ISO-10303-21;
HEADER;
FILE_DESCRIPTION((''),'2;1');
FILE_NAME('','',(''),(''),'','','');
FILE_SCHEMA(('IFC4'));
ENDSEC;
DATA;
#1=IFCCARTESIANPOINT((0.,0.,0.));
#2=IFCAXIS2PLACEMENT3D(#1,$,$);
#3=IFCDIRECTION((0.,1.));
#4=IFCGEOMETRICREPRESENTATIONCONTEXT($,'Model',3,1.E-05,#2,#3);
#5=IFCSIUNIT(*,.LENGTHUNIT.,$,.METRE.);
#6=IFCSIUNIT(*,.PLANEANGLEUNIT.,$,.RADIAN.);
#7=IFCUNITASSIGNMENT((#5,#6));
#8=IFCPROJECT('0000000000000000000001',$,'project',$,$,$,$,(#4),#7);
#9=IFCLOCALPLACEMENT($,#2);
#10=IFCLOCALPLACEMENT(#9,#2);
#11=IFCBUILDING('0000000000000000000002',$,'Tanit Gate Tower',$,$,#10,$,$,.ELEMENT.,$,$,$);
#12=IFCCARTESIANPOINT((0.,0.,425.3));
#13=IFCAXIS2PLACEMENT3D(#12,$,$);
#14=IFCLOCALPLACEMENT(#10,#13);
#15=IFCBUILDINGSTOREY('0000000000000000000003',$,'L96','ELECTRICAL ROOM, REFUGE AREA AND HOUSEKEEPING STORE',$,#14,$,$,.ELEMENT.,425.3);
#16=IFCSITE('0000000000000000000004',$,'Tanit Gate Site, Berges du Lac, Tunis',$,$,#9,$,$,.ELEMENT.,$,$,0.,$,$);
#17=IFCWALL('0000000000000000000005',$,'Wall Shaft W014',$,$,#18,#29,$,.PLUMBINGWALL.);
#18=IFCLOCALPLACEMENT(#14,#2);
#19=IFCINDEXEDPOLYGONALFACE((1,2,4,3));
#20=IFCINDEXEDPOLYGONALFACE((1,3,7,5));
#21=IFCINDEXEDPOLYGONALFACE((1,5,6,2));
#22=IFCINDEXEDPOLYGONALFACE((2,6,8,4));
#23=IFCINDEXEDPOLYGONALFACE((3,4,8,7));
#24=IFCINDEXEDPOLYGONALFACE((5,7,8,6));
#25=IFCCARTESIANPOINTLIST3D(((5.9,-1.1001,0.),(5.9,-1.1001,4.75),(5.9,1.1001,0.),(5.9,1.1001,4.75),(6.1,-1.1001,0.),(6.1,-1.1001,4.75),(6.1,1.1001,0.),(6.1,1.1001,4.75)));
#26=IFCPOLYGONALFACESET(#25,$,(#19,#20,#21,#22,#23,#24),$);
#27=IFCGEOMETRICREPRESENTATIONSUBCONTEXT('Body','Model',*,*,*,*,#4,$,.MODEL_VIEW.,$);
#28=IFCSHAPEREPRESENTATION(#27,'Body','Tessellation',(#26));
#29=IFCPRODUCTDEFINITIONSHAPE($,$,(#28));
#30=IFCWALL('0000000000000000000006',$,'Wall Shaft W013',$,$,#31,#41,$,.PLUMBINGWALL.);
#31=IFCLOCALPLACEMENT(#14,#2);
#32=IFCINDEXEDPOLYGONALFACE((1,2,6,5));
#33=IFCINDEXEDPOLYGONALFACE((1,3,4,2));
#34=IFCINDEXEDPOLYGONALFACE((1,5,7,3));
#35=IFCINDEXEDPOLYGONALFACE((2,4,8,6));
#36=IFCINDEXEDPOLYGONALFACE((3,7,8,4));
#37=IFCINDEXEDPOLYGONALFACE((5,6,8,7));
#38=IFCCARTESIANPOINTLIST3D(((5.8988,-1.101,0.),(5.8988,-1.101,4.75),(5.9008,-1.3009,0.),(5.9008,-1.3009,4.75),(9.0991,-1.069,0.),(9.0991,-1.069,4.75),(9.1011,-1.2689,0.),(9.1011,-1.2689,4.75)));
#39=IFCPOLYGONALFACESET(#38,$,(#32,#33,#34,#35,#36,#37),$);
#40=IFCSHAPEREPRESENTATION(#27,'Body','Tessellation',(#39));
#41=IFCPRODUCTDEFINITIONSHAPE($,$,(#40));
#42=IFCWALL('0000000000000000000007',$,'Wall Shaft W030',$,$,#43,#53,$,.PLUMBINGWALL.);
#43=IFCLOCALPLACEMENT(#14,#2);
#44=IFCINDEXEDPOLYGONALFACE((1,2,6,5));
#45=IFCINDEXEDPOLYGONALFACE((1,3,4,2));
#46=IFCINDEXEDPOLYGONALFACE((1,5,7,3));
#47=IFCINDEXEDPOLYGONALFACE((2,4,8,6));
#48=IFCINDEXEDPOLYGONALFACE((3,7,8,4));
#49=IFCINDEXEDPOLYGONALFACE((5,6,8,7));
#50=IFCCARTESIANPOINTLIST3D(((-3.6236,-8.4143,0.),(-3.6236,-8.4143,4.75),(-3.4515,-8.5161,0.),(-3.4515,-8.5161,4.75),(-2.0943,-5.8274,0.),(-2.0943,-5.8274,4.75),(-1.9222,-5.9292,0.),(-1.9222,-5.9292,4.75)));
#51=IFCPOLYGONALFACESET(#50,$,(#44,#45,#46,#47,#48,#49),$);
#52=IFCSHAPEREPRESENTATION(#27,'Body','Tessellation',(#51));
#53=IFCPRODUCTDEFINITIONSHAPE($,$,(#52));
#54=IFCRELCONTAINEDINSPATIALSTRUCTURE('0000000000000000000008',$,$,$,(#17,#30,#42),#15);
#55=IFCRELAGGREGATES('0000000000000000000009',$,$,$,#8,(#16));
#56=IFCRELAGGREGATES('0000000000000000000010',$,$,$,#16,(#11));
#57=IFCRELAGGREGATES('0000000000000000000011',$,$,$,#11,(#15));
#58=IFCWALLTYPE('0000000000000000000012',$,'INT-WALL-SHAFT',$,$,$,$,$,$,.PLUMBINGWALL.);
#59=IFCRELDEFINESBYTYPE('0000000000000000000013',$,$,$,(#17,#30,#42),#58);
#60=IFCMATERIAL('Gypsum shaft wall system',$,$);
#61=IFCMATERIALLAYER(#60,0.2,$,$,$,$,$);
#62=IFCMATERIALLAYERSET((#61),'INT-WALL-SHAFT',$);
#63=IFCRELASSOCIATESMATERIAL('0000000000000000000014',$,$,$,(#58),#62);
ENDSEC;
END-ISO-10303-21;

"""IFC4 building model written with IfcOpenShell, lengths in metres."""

from ifc_helpers import new_model, si_unit, direction, frame, frame_2d, origin, place, context, subcontext, project, spatial, rectangle, extrude, material, layer, layer_set, type_object, element, save


model = new_model("IFC4")

# Units and contexts
model_context = context("Model", 3, precision=1e-05, world=origin(), true_north=direction((0.0, 1.0)))
body_context = subcontext(model_context, "Body", "Model", "MODEL_VIEW")
ifc_project = project(units=[si_unit("LENGTHUNIT", "METRE"), si_unit("PLANEANGLEUNIT", "RADIAN")], contexts=[model_context])

# Site, building, storey
site_placement = place(None, origin())
site = spatial("IfcSite", under=ifc_project, at=site_placement, Name="Tanit Gate Site, Berges du Lac, Tunis", CompositionType="ELEMENT", RefElevation=0.0)
building_placement = place(site_placement, origin())
building = spatial("IfcBuilding", under=site, at=building_placement, Name="Tanit Gate Tower", CompositionType="ELEMENT")
storey_placement = place(building_placement, frame((0.0, 0.0, 425.3)))
storey = spatial("IfcBuildingStorey", under=building, at=storey_placement, Name="L96", Description="ELECTRICAL ROOM, REFUGE AREA AND HOUSEKEEPING STORE", CompositionType="ELEMENT", Elevation=425.3)

# Walls
ifc_material_1 = material(Name="Gypsum shaft wall system")
ifc_layer_1 = layer(ifc_material_1, 0.2)
ifc_layer_set_1 = layer_set([ifc_layer_1], Name="INT-WALL-SHAFT")
wall_type_1 = type_object("IfcWallType", Name="INT-WALL-SHAFT", PredefinedType="PLUMBINGWALL", material=ifc_layer_set_1)
wall_1_placement = place(storey_placement, frame((6.0, -1.1001, 0.0), z_axis=(0.0, 0.0, 1.0), x_axis=(0.0, 1.0, 0.0)))
element("IfcWall", 1, at=wall_1_placement, inside=storey, type_object=wall_type_1, Name="Wall Shaft W014", PredefinedType="PLUMBINGWALL", context=body_context, shape_type="SweptSolid", body=[
    extrude(rectangle(XDim=2.2002, YDim=0.2, at=frame_2d((1.1001, 0.0))), origin(), (0.0, 0.0, 1.0), 4.75),
])
wall_2_placement = place(storey_placement, frame((5.8999, -1.2009, 0.0), z_axis=(0.0, 0.0, 1.0), x_axis=(0.99995, 0.009993, 0.0)))
element("IfcWall", 2, at=wall_2_placement, inside=storey, type_object=wall_type_1, Name="Wall Shaft W013", PredefinedType="PLUMBINGWALL", context=body_context, shape_type="SweptSolid", body=[
    extrude(rectangle(XDim=3.2004, YDim=0.2, at=frame_2d((1.6001, 0.0))), origin(), (0.0, 0.0, 1.0), 4.75),
])
wall_3_placement = place(storey_placement, frame((-2.0083, -5.8784, 0.0), z_axis=(0.0, 0.0, 1.0), x_axis=(-0.508894, -0.860829, 0.0)))
element("IfcWall", 3, at=wall_3_placement, inside=storey, type_object=wall_type_1, Name="Wall Shaft W030", PredefinedType="PLUMBINGWALL", context=body_context, shape_type="SweptSolid", body=[
    extrude(rectangle(XDim=3.0051, YDim=0.2, at=frame_2d((1.5024, 0.0))), origin(), (0.0, 0.0, 1.0), 4.75),
])

save(model, "model.ifc")
